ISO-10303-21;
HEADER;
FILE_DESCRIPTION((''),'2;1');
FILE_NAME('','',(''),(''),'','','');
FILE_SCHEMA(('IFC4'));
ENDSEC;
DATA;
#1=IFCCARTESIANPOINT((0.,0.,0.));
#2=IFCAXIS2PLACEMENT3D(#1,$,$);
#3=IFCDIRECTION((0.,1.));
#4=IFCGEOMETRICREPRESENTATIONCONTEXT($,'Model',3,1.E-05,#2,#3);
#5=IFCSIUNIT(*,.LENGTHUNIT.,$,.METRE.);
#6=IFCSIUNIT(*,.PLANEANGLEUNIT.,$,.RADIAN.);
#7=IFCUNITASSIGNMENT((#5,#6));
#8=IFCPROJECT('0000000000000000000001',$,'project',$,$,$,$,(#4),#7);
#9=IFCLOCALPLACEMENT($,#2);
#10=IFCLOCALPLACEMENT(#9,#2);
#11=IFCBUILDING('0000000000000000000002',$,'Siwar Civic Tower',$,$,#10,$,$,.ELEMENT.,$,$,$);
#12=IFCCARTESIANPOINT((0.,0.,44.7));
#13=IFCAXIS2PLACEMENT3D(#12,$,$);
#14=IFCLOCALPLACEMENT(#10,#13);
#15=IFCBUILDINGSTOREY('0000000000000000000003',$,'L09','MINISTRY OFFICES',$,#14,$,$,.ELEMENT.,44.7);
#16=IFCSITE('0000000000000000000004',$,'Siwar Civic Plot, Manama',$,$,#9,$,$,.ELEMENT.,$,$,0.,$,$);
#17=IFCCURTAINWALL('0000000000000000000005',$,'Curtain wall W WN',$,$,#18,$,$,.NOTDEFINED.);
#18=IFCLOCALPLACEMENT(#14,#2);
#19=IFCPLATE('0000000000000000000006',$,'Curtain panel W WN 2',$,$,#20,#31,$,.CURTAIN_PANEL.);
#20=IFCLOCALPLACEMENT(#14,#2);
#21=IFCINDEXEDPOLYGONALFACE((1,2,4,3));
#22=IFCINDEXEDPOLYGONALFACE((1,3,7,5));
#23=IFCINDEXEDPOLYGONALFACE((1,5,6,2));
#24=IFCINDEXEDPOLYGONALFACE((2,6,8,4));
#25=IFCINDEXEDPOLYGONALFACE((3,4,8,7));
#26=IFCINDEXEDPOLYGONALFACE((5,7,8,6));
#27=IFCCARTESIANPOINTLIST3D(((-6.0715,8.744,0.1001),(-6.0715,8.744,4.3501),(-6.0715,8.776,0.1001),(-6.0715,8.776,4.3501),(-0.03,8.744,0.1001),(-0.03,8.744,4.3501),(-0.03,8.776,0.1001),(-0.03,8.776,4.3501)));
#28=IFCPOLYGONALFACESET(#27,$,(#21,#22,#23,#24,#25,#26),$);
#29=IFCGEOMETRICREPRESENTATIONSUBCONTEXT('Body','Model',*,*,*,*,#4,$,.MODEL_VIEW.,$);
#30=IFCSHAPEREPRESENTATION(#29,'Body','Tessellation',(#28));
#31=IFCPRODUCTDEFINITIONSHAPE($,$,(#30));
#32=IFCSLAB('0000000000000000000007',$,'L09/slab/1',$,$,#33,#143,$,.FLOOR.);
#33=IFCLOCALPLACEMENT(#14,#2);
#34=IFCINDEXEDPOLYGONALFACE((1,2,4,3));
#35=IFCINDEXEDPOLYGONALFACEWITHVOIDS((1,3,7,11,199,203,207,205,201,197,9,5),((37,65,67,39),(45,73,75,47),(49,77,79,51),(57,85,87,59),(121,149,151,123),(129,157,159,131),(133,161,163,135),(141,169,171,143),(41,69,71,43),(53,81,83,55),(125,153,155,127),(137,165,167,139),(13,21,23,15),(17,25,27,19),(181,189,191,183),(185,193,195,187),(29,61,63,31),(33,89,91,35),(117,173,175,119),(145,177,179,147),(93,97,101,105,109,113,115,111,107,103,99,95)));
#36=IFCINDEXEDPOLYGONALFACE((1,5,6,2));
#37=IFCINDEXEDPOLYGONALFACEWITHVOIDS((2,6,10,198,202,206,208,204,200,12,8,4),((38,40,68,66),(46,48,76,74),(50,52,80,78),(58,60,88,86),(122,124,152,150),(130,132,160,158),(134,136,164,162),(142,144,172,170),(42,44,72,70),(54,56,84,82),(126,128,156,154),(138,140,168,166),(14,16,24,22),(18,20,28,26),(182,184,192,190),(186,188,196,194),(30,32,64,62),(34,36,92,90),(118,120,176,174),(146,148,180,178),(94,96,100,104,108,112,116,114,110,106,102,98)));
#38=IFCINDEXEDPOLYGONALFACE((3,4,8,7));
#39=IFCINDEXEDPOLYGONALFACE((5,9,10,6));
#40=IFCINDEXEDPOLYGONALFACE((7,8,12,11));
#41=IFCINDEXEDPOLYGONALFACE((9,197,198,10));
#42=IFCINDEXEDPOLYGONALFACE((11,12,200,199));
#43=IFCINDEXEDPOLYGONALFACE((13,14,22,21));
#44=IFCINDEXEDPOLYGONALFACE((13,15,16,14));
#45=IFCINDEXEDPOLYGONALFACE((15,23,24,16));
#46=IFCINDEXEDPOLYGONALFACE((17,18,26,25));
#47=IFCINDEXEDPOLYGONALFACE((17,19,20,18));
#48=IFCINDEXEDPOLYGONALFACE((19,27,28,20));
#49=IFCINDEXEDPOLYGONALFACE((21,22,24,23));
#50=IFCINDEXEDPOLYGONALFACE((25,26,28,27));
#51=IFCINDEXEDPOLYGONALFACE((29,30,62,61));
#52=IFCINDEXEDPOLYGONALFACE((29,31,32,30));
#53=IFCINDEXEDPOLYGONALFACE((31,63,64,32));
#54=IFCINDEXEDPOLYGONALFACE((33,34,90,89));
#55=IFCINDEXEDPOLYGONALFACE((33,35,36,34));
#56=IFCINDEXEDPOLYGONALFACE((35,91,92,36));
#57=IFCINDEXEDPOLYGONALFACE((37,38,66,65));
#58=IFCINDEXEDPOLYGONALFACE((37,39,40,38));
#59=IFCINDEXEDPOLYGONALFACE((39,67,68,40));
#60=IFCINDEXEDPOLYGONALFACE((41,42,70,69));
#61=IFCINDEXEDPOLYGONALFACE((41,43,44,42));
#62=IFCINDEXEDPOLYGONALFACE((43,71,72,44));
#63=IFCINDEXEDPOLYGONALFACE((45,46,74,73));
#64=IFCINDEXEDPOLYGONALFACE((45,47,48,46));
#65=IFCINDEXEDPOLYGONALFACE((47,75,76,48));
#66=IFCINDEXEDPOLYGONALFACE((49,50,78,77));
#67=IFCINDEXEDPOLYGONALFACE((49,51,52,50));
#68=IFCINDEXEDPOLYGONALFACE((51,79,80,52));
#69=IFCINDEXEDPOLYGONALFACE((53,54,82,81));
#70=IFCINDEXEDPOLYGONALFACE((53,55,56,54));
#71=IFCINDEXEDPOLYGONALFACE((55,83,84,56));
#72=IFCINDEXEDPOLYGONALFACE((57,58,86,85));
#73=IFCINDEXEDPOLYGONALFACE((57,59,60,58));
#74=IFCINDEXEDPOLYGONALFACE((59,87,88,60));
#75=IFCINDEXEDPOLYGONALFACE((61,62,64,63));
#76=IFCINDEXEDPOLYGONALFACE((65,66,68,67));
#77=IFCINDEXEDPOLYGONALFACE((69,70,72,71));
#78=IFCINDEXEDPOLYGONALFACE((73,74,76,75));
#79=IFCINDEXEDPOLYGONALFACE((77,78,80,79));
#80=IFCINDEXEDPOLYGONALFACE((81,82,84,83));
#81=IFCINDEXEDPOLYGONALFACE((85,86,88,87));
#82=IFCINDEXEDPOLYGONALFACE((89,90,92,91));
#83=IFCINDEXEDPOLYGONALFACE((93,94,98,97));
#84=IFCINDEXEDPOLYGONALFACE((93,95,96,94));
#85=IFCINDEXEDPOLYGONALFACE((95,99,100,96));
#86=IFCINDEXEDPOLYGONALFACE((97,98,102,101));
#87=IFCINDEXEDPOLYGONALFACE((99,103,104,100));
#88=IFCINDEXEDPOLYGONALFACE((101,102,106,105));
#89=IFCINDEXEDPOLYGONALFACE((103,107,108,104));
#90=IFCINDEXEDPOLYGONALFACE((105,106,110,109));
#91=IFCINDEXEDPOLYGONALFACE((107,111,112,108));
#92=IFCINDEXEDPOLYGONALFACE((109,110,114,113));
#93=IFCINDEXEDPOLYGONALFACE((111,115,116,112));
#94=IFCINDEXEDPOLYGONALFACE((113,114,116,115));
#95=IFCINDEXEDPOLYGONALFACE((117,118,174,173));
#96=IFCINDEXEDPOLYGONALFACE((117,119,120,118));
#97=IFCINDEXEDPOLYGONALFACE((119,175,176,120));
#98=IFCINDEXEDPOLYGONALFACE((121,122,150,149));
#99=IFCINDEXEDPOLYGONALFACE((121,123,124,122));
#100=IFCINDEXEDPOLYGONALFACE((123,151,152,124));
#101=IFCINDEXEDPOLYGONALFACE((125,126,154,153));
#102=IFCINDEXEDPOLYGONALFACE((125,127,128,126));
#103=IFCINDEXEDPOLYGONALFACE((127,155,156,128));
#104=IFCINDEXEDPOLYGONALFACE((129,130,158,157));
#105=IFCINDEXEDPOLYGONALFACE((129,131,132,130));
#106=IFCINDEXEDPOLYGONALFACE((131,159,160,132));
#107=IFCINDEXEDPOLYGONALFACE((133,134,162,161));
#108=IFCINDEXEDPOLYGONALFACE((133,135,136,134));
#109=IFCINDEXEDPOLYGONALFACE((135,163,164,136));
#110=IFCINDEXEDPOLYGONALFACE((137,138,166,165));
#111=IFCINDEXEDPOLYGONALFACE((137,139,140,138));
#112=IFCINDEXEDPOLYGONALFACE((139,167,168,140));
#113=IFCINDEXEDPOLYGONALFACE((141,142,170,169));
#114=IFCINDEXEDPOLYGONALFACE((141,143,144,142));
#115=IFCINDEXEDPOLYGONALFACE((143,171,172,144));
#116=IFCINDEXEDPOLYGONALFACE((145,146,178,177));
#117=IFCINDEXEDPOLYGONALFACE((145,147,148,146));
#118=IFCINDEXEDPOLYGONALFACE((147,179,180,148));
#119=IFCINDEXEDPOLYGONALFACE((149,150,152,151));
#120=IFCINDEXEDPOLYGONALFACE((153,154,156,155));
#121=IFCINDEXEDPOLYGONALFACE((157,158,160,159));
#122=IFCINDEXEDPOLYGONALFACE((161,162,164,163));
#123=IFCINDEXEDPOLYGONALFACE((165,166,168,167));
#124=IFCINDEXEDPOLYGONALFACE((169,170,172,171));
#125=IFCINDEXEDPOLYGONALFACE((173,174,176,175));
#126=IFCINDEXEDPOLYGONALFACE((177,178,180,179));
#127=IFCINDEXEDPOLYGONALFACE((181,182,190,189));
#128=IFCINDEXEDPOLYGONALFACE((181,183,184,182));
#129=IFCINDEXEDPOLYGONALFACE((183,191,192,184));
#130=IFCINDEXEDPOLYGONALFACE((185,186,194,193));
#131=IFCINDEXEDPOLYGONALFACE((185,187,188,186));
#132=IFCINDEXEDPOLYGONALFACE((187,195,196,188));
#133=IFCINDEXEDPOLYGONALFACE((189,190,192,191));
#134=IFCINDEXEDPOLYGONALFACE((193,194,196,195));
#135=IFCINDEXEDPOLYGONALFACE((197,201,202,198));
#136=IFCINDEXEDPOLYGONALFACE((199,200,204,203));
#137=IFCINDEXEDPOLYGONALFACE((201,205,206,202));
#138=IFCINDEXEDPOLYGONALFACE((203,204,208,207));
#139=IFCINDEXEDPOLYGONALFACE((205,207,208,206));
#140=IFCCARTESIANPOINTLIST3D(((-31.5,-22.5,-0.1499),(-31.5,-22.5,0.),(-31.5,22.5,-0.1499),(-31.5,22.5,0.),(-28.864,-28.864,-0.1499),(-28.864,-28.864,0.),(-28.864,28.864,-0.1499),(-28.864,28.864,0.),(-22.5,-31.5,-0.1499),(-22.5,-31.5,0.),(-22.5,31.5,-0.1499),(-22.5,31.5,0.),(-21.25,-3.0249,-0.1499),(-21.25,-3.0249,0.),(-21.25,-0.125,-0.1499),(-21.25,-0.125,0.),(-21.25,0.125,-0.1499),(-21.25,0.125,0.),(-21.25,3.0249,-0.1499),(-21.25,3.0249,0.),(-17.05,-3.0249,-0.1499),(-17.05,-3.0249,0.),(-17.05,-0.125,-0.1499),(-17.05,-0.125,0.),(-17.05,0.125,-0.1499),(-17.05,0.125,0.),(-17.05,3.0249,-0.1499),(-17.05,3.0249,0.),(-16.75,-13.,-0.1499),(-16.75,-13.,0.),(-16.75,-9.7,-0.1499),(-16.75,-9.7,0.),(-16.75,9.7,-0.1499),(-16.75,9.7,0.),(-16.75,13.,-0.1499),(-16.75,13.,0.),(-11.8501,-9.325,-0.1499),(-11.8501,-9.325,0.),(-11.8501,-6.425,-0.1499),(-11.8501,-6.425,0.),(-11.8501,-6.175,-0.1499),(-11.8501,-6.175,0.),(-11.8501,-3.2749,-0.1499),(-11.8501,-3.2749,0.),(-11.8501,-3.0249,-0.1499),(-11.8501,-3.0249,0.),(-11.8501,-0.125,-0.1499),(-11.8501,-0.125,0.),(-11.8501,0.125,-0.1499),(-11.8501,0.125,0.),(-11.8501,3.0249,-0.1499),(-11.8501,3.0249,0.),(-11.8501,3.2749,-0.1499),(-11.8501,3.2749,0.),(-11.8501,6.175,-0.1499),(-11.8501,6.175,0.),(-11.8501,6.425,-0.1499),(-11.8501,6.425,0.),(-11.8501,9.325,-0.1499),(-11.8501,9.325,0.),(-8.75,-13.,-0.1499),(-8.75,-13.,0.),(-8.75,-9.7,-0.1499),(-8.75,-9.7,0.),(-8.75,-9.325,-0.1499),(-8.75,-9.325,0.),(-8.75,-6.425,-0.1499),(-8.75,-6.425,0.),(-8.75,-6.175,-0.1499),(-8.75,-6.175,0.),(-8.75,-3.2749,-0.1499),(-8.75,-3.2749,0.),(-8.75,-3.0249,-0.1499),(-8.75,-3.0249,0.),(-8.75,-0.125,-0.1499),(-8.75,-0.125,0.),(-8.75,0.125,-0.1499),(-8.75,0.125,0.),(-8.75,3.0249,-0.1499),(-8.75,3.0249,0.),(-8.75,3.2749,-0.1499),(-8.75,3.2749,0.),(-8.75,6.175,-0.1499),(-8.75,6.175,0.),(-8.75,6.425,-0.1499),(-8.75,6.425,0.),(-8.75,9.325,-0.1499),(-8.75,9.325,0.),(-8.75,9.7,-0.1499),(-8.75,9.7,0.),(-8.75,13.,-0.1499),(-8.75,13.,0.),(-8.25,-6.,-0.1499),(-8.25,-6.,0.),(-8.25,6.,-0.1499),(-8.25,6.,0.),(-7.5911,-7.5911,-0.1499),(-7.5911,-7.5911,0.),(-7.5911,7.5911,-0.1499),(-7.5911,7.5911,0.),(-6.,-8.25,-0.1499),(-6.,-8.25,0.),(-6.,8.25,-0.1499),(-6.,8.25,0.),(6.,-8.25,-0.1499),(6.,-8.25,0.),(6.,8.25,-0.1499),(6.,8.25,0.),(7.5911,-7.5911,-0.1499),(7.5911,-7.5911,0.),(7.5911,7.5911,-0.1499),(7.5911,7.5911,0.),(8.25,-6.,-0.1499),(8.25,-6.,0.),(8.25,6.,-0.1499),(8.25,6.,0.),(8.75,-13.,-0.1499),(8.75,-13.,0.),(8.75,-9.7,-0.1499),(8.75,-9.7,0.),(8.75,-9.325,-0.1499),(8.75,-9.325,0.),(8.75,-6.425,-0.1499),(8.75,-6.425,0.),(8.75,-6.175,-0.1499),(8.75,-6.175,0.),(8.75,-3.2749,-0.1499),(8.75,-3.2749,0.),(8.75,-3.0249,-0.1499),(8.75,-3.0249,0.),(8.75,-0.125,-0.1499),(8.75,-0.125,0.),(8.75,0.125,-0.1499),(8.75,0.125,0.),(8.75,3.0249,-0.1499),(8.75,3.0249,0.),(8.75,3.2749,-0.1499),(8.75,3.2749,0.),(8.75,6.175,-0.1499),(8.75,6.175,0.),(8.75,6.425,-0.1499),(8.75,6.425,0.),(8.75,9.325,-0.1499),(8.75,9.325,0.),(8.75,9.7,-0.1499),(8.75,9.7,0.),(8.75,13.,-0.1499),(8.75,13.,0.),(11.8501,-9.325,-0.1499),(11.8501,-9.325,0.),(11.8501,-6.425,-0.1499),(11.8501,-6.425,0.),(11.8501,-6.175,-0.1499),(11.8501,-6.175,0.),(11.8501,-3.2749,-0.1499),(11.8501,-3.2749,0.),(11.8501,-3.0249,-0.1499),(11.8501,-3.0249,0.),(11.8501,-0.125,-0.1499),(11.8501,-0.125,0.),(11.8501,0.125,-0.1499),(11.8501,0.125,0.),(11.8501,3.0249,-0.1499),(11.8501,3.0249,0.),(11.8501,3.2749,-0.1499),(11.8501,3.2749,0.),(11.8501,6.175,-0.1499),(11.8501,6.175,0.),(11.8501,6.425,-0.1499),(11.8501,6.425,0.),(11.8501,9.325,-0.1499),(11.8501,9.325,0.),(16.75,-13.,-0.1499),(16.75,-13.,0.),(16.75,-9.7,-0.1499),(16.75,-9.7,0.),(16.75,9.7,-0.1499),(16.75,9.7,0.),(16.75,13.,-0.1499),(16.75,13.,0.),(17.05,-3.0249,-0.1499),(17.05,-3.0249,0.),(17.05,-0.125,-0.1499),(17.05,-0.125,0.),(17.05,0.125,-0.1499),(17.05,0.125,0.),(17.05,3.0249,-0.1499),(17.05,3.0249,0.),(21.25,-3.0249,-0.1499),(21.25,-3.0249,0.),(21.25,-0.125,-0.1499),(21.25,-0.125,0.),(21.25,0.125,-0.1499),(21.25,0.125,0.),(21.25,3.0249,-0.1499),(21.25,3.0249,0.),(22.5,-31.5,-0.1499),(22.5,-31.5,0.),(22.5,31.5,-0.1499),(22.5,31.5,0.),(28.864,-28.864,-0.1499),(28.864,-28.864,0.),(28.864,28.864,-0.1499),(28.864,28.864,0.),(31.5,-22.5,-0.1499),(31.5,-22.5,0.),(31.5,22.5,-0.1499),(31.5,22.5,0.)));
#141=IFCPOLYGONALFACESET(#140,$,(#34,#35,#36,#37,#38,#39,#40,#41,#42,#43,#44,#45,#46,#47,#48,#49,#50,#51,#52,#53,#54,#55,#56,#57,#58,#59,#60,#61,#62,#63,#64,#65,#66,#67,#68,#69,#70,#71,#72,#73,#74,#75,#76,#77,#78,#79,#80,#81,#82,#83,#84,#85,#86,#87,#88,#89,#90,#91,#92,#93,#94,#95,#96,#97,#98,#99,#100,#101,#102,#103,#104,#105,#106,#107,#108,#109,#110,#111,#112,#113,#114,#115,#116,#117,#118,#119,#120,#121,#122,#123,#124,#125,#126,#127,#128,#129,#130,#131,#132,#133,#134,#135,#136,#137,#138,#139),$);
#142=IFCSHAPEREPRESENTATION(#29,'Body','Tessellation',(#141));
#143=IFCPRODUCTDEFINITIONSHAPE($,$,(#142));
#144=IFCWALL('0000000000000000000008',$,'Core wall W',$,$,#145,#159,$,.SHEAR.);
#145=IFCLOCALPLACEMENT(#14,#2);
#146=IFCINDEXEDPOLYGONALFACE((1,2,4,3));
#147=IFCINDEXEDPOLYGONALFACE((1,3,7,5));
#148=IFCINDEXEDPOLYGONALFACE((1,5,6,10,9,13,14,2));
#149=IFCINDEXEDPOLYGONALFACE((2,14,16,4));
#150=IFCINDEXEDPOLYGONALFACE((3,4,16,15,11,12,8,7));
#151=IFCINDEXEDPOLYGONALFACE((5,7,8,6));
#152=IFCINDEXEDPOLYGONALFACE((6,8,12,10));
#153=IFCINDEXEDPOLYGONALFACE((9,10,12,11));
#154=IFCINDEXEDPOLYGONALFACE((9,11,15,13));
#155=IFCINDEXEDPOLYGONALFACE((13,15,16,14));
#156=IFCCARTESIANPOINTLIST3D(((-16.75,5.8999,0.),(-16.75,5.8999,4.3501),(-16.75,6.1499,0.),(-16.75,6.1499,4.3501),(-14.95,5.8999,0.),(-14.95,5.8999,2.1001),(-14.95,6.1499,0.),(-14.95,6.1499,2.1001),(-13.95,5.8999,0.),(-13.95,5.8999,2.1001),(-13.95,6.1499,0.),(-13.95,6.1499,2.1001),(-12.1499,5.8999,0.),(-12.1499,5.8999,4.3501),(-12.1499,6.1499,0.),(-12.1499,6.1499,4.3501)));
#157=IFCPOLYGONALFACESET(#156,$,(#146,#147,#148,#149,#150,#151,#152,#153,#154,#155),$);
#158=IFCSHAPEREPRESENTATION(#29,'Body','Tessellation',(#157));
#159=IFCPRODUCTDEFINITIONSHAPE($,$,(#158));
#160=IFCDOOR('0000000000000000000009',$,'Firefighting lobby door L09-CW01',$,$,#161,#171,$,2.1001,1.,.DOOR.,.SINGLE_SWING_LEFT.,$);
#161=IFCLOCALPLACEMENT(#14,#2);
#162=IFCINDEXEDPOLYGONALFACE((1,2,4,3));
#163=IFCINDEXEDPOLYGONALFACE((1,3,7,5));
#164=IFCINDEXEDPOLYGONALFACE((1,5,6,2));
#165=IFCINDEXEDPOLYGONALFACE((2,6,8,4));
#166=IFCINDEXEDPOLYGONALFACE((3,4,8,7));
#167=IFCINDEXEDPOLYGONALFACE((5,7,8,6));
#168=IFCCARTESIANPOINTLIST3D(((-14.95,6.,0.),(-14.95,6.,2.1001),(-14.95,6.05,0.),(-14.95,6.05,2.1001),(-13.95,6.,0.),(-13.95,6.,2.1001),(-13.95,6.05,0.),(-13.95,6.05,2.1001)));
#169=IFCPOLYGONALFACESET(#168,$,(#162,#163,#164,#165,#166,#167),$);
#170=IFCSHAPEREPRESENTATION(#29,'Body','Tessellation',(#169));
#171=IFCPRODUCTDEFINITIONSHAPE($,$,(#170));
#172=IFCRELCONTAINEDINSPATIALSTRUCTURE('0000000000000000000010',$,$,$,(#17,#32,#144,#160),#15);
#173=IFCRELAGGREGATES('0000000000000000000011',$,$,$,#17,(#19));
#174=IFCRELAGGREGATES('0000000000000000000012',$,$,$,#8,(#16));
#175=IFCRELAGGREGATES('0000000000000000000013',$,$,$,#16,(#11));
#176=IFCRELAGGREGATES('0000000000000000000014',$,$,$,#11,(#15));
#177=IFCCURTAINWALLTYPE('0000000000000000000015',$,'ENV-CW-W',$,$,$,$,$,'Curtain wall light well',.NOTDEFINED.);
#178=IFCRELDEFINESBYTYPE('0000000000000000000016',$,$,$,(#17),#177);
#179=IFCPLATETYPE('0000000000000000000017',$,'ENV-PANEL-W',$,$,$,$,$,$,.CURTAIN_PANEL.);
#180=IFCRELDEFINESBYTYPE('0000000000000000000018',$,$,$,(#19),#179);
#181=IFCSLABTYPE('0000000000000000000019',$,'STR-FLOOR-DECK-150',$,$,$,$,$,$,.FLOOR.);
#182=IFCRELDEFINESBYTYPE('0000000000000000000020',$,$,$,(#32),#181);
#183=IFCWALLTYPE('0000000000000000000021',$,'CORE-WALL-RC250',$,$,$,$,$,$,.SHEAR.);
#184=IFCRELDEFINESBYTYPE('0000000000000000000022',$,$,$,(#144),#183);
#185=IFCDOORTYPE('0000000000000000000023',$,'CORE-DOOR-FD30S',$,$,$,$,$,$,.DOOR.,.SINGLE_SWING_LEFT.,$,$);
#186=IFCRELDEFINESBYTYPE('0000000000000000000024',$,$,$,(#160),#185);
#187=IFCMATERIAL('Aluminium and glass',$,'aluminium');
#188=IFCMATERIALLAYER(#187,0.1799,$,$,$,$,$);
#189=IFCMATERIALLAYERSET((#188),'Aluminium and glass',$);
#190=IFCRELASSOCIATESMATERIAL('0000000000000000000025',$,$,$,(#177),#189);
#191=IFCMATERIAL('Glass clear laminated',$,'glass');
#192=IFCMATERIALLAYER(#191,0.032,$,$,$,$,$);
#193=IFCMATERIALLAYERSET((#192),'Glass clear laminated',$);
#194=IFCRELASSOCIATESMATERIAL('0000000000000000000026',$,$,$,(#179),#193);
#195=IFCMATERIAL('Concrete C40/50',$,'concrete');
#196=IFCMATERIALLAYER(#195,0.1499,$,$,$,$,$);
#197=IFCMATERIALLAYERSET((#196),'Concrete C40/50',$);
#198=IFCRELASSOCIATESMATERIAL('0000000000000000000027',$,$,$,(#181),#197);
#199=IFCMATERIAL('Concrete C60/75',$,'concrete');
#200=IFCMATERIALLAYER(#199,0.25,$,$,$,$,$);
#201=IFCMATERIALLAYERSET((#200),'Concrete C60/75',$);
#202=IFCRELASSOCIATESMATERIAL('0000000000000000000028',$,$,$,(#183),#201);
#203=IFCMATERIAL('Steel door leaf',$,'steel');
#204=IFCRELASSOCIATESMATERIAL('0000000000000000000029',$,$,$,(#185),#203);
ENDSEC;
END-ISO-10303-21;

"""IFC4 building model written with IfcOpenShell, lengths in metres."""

from ifc_helpers import new_model, si_unit, direction, frame, frame_2d, origin, origin_2d, place, context, subcontext, project, spatial, polyline, rectangle, outline, extrude, material, layer, layer_set, type_object, element, fill, aggregate, save


model = new_model("IFC4")

# Units and contexts
model_context = context("Model", 3, precision=1e-05, world=origin(), true_north=direction((0.0, 1.0)))
body_context = subcontext(model_context, "Body", "Model", "MODEL_VIEW")
ifc_project = project(units=[si_unit("LENGTHUNIT", "METRE"), si_unit("PLANEANGLEUNIT", "RADIAN")], contexts=[model_context])

# Site, building, storey
site_placement = place(None, origin())
site = spatial("IfcSite", under=ifc_project, at=site_placement, Name="Siwar Civic Plot, Manama", CompositionType="ELEMENT", RefElevation=0.0)
building_placement = place(site_placement, origin())
building = spatial("IfcBuilding", under=site, at=building_placement, Name="Siwar Civic Tower", CompositionType="ELEMENT")
storey_placement = place(building_placement, frame((0.0, 0.0, 44.7)))
storey = spatial("IfcBuildingStorey", under=building, at=storey_placement, Name="L09", Description="MINISTRY OFFICES", CompositionType="ELEMENT", Elevation=44.7)

# Curtain wall
ifc_material_1 = material(Name="Aluminium and glass", Category="aluminium")
ifc_layer_1 = layer(ifc_material_1, 0.1799)
ifc_layer_set_1 = layer_set([ifc_layer_1], Name="Aluminium and glass")
curtain_wall_type = type_object("IfcCurtainWallType", Name="ENV-CW-W", ElementType="Curtain wall light well", PredefinedType="NOTDEFINED", material=ifc_layer_set_1)
curtain_wall_placement = place(storey_placement, origin())
curtain_wall = element("IfcCurtainWall", 1, at=curtain_wall_placement, inside=storey, type_object=curtain_wall_type, Name="Curtain wall W WN", PredefinedType="NOTDEFINED")

# Plate
ifc_material_2 = material(Name="Glass clear laminated", Category="glass")
ifc_layer_2 = layer(ifc_material_2, 0.032)
ifc_layer_set_2 = layer_set([ifc_layer_2], Name="Glass clear laminated")
plate_type = type_object("IfcPlateType", Name="ENV-PANEL-W", PredefinedType="CURTAIN_PANEL", material=ifc_layer_set_2)
plate_placement = place(storey_placement, frame((-3.0508, 8.76, 0.1001), z_axis=(0.0, 0.0, 1.0), x_axis=(-1.0, 0.0, 0.0)))
plate = element("IfcPlate", 2, at=plate_placement, type_object=plate_type, Name="Curtain panel W WN 2", PredefinedType="CURTAIN_PANEL", context=body_context, shape_type="SweptSolid", body=[
    extrude(rectangle(XDim=6.0415, YDim=0.032, at=origin_2d()), origin(), (0.0, 0.0, 1.0), 4.25),
])
aggregate(curtain_wall, [plate])

# Slab
ifc_material_3 = material(Name="Concrete C40/50", Category="concrete")
ifc_layer_3 = layer(ifc_material_3, 0.1499)
ifc_layer_set_3 = layer_set([ifc_layer_3], Name="Concrete C40/50")
slab_type_1 = type_object("IfcSlabType", Name="STR-FLOOR-DECK-150", PredefinedType="FLOOR", material=ifc_layer_set_3)
slab_1_placement = place(storey_placement, frame((0.0, 0.0, -0.1499)))
element("IfcSlab", 3, at=slab_1_placement, inside=storey, type_object=slab_type_1, Name="L09/slab/1", PredefinedType="FLOOR", context=body_context, shape_type="SweptSolid", body=[
    extrude(outline(polyline([(-22.5, -31.5), (22.5, -31.5), (28.864, -28.864), (31.5, -22.5), (31.5, 22.5), (28.864, 28.864), (22.5, 31.5), (-22.5, 31.5), (-28.864, 28.864), (-31.5, 22.5), (-31.5, -22.5), (-28.864, -28.864), (-22.5, -31.5)]), holes=[polyline([(21.25, 3.0249), (21.25, 0.125), (17.05, 0.125), (17.05, 3.0249), (21.25, 3.0249)]), polyline([(17.05, -0.125), (21.25, -0.125), (21.25, -3.0249), (17.05, -3.0249), (17.05, -0.125)]), polyline([(16.75, 13.0), (16.75, 9.7), (8.75, 9.7), (8.75, 13.0), (16.75, 13.0)]), polyline([(8.75, -9.7), (16.75, -9.7), (16.75, -13.0), (8.75, -13.0), (8.75, -9.7)]), polyline([(11.8501, 9.325), (11.8501, 6.425), (8.75, 6.425), (8.75, 9.325), (11.8501, 9.325)]), polyline([(11.8501, 3.0249), (11.8501, 0.125), (8.75, 0.125), (8.75, 3.0249), (11.8501, 3.0249)]), polyline([(11.8501, -0.125), (11.8501, -3.0249), (8.75, -3.0249), (8.75, -0.125), (11.8501, -0.125)]), polyline([(11.8501, -3.2749), (11.8501, -6.175), (8.75, -6.175), (8.75, -3.2749), (11.8501, -3.2749)]), polyline([(8.75, 6.175), (11.8501, 6.175), (11.8501, 3.2749), (8.75, 3.2749), (8.75, 6.175)]), polyline([(8.75, -6.425), (11.8501, -6.425), (11.8501, -9.325), (8.75, -9.325), (8.75, -6.425)]), polyline([(-6.0, 8.25), (6.0, 8.25), (7.5911, 7.5911), (8.25, 6.0), (8.25, -6.0), (7.5911, -7.5911), (6.0, -8.25), (-6.0, -8.25), (-7.5911, -7.5911), (-8.25, -6.0), (-8.25, 6.0), (-7.5911, 7.5911), (-6.0, 8.25)]), polyline([(-8.75, 9.7), (-16.75, 9.7), (-16.75, 13.0), (-8.75, 13.0), (-8.75, 9.7)]), polyline([(-8.75, 0.125), (-11.8501, 0.125), (-11.8501, 3.0249), (-8.75, 3.0249), (-8.75, 0.125)]), polyline([(-8.75, -6.175), (-11.8501, -6.175), (-11.8501, -3.2749), (-8.75, -3.2749), (-8.75, -6.175)]), polyline([(-8.75, -9.325), (-11.8501, -9.325), (-11.8501, -6.425), (-8.75, -6.425), (-8.75, -9.325)]), polyline([(-8.75, -13.0), (-16.75, -13.0), (-16.75, -9.7), (-8.75, -9.7), (-8.75, -13.0)]), polyline([(-11.8501, 6.425), (-11.8501, 9.325), (-8.75, 9.325), (-8.75, 6.425), (-11.8501, 6.425)]), polyline([(-11.8501, 3.2749), (-11.8501, 6.175), (-8.75, 6.175), (-8.75, 3.2749), (-11.8501, 3.2749)]), polyline([(-11.8501, -3.0249), (-11.8501, -0.125), (-8.75, -0.125), (-8.75, -3.0249), (-11.8501, -3.0249)]), polyline([(-21.25, -3.0249), (-21.25, -0.125), (-17.05, -0.125), (-17.05, -3.0249), (-21.25, -3.0249)]), polyline([(-17.05, 0.125), (-21.25, 0.125), (-21.25, 3.0249), (-17.05, 3.0249), (-17.05, 0.125)])]), origin(), (0.0, 0.0, 1.0), 0.1499),
])

# Wall, opening, door
ifc_material_4 = material(Name="Concrete C60/75", Category="concrete")
ifc_layer_4 = layer(ifc_material_4, 0.25)
ifc_layer_set_4 = layer_set([ifc_layer_4], Name="Concrete C60/75")
wall_type_1 = type_object("IfcWallType", Name="CORE-WALL-RC250", PredefinedType="SHEAR", material=ifc_layer_set_4)
wall_1_placement = place(storey_placement, frame((-12.1499, 6.0249, 0.0), z_axis=(0.0, 0.0, 1.0), x_axis=(-1.0, 0.0, 0.0)))
wall_1 = element("IfcWall", 4, at=wall_1_placement, inside=storey, type_object=wall_type_1, Name="Core wall W", PredefinedType="SHEAR", context=body_context, shape_type="SweptSolid", body=[
    extrude(rectangle(XDim=4.6001, YDim=0.25, at=frame_2d((2.3, 0.0))), origin(), (0.0, 0.0, 1.0), 4.3501),
])
opening_1_placement = place(wall_1_placement, frame((1.8, 0.0, 0.0)))
opening_1 = element("IfcOpeningElement", 5, at=opening_1_placement, cuts=wall_1, PredefinedType="OPENING", context=body_context, shape_type="SweptSolid", body=[
    extrude(rectangle(XDim=1.0, YDim=2.1001, at=frame_2d((0.5, 1.05))), frame((0.0, 0.135, 0.0), z_axis=(0.0, -1.0, 0.0), x_axis=(1.0, 0.0, 0.0)), (0.0, 0.0, 1.0), 0.27),
])
ifc_material_5 = material(Name="Steel door leaf", Category="steel")
door_type_1 = type_object("IfcDoorType", Name="CORE-DOOR-FD30S", OperationType="SINGLE_SWING_LEFT", PredefinedType="DOOR", material=ifc_material_5)
door_1_placement = place(opening_1_placement, origin())
door_1 = element("IfcDoor", 6, at=door_1_placement, inside=storey, type_object=door_type_1, Name="Firefighting lobby door L09-CW01", OperationType="SINGLE_SWING_LEFT", OverallHeight=2.1001, OverallWidth=1.0, PredefinedType="DOOR", context=body_context, shape_type="SweptSolid", body=[
    extrude(rectangle(XDim=1.0, YDim=2.1001, at=frame_2d((0.5, 1.05))), frame((0.0, 0.0249, 0.0), z_axis=(0.0, -1.0, 0.0), x_axis=(1.0, 0.0, 0.0)), (0.0, 0.0, 1.0), 0.05),
])
fill(opening_1, door_1)

save(model, "model.ifc")
